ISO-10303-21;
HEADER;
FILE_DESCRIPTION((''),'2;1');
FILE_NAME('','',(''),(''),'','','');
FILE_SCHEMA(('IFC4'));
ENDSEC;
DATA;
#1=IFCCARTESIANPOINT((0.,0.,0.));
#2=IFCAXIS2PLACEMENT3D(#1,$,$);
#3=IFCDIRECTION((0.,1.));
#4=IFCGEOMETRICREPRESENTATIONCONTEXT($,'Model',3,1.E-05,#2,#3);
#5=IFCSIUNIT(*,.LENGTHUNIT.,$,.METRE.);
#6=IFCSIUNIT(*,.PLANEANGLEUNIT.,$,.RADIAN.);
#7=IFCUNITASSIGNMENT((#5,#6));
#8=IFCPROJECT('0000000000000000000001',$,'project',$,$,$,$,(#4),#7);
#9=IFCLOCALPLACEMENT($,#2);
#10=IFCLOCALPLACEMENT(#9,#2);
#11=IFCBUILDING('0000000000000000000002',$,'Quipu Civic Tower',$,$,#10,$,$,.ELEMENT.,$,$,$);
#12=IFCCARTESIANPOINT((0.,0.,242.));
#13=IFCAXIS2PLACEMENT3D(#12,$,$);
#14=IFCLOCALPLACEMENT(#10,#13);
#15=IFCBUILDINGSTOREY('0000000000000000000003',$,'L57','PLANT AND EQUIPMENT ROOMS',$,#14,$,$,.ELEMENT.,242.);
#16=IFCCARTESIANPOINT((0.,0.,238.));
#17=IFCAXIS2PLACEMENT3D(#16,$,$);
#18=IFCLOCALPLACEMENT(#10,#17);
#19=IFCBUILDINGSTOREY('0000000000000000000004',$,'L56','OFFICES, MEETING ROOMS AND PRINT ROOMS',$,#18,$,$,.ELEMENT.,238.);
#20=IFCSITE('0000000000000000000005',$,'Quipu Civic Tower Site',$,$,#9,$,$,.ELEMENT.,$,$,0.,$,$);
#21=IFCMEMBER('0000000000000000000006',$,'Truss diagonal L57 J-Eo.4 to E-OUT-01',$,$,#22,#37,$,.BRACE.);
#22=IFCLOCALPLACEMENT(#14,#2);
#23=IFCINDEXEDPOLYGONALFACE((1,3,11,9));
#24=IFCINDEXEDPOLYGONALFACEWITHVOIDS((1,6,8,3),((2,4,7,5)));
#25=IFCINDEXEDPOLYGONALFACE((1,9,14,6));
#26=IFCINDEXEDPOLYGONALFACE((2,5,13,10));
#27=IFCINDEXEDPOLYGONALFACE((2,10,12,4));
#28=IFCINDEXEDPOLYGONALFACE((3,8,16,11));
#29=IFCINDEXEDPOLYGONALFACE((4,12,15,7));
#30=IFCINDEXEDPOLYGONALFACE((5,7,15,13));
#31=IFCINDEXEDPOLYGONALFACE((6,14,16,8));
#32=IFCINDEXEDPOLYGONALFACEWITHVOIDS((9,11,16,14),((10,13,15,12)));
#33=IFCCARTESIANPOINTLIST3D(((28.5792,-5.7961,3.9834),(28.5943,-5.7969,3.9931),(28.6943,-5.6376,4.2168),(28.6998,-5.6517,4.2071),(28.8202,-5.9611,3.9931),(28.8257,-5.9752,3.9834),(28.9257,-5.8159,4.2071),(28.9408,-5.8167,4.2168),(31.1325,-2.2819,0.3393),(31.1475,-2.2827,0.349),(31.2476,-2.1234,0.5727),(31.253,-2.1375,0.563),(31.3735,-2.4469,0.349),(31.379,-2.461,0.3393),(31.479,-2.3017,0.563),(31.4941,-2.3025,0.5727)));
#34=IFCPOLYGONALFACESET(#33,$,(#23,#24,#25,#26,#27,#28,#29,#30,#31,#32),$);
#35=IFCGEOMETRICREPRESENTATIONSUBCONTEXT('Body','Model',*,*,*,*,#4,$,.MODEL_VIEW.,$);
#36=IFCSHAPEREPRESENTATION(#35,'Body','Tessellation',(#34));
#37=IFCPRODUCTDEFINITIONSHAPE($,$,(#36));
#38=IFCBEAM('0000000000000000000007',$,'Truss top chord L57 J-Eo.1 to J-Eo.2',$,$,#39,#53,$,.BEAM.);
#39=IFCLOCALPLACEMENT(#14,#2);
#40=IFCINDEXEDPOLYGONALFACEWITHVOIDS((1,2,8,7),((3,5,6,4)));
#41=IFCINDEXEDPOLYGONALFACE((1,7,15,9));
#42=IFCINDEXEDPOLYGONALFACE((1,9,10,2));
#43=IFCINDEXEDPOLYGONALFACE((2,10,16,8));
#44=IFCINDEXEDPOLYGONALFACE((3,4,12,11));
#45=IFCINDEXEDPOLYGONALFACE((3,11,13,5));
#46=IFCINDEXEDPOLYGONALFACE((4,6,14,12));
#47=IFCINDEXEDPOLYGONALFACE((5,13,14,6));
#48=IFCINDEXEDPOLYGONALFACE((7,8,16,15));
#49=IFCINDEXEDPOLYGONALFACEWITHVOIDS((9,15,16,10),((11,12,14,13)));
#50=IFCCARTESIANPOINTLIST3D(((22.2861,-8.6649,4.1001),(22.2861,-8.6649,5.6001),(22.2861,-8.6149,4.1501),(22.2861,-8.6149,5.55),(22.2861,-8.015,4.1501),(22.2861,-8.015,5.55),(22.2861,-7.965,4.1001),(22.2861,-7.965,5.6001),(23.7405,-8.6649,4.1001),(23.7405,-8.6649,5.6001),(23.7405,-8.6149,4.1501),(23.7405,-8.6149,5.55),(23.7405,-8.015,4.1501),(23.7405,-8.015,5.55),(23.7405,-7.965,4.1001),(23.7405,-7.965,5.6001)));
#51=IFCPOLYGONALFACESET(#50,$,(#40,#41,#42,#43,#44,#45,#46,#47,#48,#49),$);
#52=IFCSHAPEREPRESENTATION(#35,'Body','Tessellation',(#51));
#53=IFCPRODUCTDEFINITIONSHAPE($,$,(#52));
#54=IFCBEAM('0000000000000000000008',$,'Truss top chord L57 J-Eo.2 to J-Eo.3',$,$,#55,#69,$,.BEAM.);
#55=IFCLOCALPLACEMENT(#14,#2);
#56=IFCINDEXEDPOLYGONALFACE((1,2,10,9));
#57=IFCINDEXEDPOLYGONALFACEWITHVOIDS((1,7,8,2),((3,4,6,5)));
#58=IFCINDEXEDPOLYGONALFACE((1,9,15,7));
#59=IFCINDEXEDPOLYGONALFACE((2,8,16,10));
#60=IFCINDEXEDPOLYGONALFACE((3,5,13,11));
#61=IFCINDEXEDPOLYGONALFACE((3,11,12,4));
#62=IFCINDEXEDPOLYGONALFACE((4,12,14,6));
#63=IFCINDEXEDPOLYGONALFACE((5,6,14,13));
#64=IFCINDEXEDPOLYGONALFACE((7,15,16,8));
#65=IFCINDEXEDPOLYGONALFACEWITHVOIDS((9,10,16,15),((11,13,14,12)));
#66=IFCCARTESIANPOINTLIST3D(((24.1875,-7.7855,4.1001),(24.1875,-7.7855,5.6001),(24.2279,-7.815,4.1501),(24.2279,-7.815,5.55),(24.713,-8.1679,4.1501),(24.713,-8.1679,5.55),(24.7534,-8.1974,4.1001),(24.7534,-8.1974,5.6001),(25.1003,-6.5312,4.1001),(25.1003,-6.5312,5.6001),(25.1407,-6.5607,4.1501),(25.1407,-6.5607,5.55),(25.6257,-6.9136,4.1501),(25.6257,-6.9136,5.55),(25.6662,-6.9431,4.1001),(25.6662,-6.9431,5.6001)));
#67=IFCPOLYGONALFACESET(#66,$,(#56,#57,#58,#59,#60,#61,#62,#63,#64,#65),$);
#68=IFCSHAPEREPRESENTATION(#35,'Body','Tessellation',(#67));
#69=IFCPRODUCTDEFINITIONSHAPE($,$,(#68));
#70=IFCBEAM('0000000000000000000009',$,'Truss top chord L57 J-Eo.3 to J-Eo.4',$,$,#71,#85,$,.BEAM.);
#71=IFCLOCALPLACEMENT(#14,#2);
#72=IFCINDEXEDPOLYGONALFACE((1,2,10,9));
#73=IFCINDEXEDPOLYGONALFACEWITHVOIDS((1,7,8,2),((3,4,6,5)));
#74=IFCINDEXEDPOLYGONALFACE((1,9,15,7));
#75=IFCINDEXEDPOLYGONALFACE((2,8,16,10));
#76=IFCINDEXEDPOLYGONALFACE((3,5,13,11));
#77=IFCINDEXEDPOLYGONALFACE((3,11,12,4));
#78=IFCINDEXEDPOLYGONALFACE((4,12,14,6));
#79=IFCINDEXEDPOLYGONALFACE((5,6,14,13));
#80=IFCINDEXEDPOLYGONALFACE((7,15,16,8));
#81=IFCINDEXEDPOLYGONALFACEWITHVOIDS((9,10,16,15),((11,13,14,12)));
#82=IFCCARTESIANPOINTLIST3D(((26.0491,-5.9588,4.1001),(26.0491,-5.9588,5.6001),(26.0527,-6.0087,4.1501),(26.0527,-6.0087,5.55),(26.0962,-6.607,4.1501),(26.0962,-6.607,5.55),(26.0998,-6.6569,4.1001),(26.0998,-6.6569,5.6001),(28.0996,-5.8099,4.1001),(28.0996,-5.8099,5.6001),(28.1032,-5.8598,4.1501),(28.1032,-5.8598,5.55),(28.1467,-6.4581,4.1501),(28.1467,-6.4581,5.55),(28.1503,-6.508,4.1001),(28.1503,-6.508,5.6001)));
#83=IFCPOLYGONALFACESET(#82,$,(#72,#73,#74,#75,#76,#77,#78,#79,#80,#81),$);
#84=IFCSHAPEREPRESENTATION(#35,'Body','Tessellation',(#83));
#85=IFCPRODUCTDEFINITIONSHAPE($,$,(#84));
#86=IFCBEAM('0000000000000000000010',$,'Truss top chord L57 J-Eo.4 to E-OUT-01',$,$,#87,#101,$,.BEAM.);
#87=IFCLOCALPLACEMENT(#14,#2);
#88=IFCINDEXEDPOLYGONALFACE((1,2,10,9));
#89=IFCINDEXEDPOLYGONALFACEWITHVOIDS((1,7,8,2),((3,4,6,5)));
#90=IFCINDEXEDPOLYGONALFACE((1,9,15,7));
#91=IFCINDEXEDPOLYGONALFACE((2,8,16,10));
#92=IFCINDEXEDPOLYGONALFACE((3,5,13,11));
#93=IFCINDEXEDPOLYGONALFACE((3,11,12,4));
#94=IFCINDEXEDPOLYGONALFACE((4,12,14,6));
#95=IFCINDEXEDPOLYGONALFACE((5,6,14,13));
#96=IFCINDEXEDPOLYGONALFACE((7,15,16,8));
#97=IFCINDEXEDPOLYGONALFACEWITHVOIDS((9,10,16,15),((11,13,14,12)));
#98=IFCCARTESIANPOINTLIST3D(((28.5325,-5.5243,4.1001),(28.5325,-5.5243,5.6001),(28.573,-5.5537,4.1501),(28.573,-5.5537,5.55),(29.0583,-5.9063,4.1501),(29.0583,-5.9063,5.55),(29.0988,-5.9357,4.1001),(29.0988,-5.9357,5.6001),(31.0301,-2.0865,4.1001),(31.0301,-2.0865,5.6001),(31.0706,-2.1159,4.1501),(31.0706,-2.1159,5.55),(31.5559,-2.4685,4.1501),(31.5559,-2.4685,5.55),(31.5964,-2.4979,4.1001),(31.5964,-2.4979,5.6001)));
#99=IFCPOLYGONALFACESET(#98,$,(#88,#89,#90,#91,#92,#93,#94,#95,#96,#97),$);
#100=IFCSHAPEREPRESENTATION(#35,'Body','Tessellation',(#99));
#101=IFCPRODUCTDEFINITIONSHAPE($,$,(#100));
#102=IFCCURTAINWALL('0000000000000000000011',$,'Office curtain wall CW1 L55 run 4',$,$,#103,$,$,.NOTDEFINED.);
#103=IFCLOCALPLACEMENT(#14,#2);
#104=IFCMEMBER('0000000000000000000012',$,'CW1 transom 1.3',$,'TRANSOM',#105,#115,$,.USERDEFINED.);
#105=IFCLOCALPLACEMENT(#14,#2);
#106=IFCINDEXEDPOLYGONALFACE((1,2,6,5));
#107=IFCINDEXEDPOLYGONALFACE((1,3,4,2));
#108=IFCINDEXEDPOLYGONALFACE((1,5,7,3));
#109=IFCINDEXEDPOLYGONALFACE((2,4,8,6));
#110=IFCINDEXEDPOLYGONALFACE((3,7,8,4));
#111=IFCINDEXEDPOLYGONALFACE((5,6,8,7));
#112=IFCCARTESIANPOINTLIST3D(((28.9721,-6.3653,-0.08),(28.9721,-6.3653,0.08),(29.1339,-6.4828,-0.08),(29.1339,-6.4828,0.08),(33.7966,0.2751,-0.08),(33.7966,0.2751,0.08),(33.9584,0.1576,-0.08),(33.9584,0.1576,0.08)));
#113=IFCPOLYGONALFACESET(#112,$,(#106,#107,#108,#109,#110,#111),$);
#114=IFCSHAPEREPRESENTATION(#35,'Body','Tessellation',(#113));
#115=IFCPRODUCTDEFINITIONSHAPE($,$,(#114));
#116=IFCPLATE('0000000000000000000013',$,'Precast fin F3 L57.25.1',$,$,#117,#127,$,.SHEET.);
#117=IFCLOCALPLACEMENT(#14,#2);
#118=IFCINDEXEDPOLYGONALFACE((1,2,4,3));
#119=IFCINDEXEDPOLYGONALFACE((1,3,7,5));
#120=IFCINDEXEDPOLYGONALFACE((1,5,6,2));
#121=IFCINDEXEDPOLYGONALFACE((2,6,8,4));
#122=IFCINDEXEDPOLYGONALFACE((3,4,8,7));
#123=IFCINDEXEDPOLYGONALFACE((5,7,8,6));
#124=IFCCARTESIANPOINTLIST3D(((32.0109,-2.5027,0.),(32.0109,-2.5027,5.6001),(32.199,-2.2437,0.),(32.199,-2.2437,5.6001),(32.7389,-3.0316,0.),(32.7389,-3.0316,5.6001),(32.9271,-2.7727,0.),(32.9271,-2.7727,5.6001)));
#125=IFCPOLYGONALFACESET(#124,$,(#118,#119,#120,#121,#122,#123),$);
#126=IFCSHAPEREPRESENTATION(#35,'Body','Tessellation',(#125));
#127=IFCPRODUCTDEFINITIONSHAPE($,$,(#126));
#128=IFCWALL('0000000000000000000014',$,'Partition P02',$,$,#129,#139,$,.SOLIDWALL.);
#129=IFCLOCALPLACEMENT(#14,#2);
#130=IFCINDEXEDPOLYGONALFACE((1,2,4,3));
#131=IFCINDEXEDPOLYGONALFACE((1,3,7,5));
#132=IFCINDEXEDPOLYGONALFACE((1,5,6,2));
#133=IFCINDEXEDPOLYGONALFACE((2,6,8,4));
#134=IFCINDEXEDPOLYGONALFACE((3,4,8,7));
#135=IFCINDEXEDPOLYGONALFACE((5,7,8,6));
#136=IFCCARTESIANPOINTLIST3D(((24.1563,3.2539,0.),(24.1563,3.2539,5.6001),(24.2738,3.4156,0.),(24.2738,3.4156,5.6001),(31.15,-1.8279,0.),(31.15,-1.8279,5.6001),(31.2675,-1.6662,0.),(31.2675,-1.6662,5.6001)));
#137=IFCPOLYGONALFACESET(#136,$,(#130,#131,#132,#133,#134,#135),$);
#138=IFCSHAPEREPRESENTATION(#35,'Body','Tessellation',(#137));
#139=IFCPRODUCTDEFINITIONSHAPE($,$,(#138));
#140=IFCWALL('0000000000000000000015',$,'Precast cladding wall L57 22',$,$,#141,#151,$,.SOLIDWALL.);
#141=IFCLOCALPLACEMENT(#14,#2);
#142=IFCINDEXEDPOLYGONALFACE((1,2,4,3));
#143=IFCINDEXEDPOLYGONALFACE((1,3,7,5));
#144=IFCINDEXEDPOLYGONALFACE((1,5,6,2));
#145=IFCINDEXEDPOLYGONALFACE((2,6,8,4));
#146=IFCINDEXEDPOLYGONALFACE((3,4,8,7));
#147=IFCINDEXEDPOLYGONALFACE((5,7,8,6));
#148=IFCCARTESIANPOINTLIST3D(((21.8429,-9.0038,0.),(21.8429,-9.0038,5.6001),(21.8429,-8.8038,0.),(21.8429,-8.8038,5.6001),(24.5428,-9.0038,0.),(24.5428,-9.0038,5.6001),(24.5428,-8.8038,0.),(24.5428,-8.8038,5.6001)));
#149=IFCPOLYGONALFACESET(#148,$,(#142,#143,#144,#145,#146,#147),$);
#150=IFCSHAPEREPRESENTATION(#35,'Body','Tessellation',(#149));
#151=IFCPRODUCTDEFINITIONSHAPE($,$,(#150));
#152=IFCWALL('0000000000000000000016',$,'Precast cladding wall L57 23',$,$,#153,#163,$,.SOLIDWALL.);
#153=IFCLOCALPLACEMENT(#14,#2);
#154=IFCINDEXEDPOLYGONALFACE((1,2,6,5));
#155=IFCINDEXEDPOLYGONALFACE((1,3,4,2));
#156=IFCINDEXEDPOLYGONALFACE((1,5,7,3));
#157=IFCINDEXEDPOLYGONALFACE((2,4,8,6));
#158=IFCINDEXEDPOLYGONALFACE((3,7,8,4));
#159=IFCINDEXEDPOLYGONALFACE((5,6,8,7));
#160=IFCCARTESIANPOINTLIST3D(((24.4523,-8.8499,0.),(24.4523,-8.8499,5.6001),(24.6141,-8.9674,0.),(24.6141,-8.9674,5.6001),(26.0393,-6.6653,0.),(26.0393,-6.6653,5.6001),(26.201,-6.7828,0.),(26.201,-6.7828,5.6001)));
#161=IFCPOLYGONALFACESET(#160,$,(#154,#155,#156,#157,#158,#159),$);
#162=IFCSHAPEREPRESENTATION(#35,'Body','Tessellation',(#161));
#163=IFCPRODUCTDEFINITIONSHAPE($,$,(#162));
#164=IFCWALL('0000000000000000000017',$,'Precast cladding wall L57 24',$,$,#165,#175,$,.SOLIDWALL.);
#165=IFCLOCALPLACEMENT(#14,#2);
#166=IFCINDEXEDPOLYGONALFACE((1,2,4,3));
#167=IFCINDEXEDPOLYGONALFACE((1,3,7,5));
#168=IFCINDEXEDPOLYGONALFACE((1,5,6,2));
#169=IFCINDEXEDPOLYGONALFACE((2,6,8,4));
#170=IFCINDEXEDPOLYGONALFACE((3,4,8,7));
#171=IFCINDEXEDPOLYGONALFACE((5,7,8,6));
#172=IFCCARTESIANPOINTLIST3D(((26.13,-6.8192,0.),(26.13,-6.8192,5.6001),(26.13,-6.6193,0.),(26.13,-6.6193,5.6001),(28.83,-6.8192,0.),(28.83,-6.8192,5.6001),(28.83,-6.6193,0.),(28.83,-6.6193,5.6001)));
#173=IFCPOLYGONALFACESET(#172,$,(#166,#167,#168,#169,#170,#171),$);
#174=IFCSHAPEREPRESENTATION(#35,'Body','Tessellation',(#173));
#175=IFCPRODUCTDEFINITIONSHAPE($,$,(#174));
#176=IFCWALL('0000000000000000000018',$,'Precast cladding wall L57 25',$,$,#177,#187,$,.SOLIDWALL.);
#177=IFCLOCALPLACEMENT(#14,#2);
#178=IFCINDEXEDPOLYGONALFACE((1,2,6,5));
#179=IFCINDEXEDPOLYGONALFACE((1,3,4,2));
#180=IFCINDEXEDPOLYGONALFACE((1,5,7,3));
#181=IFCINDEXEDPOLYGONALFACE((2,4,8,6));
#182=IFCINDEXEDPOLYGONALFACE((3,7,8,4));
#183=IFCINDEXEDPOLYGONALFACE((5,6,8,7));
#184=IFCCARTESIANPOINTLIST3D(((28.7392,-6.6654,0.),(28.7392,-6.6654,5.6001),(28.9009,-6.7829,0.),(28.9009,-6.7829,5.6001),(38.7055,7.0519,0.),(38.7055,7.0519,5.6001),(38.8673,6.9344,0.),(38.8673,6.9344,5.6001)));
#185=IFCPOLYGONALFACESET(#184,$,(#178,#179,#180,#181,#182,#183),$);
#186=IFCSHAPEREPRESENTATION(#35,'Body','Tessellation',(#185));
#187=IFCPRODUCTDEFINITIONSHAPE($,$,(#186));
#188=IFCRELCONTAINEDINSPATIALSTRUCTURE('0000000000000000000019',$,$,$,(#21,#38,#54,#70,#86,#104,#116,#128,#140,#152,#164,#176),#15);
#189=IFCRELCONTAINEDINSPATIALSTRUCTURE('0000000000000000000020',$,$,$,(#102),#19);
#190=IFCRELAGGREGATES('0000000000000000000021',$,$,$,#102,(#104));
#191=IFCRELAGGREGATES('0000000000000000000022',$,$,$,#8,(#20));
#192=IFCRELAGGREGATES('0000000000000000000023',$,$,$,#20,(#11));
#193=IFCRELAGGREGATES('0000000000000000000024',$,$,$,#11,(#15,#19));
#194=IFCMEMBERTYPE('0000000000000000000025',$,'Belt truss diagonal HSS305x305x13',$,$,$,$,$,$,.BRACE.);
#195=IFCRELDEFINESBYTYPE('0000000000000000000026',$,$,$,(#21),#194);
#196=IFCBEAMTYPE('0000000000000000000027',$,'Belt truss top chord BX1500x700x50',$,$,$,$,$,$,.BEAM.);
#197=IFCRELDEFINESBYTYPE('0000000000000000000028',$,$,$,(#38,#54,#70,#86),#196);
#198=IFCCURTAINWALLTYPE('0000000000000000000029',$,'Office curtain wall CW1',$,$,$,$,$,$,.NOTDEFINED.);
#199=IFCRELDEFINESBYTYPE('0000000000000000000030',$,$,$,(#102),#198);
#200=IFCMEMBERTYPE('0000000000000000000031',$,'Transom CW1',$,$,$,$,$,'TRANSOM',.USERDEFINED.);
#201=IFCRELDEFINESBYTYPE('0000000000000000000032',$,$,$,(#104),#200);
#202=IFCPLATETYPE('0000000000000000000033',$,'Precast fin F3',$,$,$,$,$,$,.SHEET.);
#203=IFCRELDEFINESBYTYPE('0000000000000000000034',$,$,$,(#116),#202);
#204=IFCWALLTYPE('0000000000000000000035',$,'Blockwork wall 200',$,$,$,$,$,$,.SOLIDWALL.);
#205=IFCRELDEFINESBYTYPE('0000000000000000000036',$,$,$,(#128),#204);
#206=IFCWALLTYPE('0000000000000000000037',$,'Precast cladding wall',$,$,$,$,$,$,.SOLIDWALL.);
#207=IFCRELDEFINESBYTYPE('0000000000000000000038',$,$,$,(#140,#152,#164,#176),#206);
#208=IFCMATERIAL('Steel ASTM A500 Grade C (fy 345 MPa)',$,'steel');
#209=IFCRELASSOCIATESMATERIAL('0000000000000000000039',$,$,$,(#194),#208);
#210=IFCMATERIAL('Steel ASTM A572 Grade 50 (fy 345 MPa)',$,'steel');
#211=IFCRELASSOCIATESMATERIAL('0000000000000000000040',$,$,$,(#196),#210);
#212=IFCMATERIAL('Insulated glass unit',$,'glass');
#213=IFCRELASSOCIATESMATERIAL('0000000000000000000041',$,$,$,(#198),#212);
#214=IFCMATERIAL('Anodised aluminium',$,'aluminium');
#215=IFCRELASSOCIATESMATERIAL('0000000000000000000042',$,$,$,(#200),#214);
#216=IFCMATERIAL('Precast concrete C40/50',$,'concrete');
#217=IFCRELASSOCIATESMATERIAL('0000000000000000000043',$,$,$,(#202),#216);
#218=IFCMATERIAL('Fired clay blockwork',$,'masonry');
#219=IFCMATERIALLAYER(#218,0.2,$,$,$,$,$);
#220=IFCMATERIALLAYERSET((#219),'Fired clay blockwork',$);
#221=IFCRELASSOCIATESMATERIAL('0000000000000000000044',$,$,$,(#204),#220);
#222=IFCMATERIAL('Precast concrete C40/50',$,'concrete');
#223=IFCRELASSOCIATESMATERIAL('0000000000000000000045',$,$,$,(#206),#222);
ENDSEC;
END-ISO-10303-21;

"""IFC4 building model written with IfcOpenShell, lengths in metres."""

from ifc_helpers import new_model, si_unit, direction, frame, frame_2d, origin, origin_2d, place, context, subcontext, project, spatial, rectangle, hollow_rectangle, extrude, material, layer, layer_set, material_profile, profile_set, type_object, element, aggregate, save


model = new_model("IFC4")

# Units and contexts
model_context = context("Model", 3, precision=1e-05, world=origin(), true_north=direction((0.0, 1.0)))
body_context = subcontext(model_context, "Body", "Model", "MODEL_VIEW")
ifc_project = project(units=[si_unit("LENGTHUNIT", "METRE"), si_unit("PLANEANGLEUNIT", "RADIAN")], contexts=[model_context])

# Site, building, storey
site_placement = place(None, origin())
site = spatial("IfcSite", under=ifc_project, at=site_placement, Name="Quipu Civic Tower Site", CompositionType="ELEMENT", RefElevation=0.0)
building_placement = place(site_placement, origin())
building = spatial("IfcBuilding", under=site, at=building_placement, Name="Quipu Civic Tower", CompositionType="ELEMENT")
storey_1_placement = place(building_placement, frame((0.0, 0.0, 242.0)))
storey_1 = spatial("IfcBuildingStorey", under=building, at=storey_1_placement, Name="L57", Description="PLANT AND EQUIPMENT ROOMS", CompositionType="ELEMENT", Elevation=242.0)

# Member
ifc_material_1 = material(Name="Steel ASTM A500 Grade C (fy 345 MPa)", Category="steel")
ifc_material_profile_1 = material_profile(ifc_material_1, hollow_rectangle(XDim=0.3047, YDim=0.3047, WallThickness=0.0127, at=origin_2d()), Name="HSS305x305x13")
ifc_profile_set_1 = profile_set([ifc_material_profile_1], Name="Steel ASTM A500 Grade C (fy 345 MPa)")
member_type_1 = type_object("IfcMemberType", Name="Belt truss diagonal HSS305x305x13", PredefinedType="BRACE", material=ifc_profile_set_1)
member_1_placement = place(storey_1_placement, frame((28.76, -5.8064, 4.1001), z_axis=(0.450315, 0.619797, -0.642704), x_axis=(-0.809013, 0.587791, 0.0)))
element("IfcMember", 1, at=member_1_placement, inside=storey_1, type_object=member_type_1, Name="Truss diagonal L57 J-Eo.4 to E-OUT-01", PredefinedType="BRACE", context=body_context, shape_type="SweptSolid", body=[
    extrude(hollow_rectangle(XDim=0.3047, YDim=0.3047, WallThickness=0.0127, at=origin_2d()), origin(), (0.0, 0.0, 1.0), 5.6699),
])

# Beams
ifc_material_2 = material(Name="Steel ASTM A572 Grade 50 (fy 345 MPa)", Category="steel")
ifc_material_profile_2 = material_profile(ifc_material_2, hollow_rectangle(XDim=0.7, YDim=1.5, WallThickness=0.05, at=origin_2d()), Name="BX1500x700x50")
ifc_profile_set_2 = profile_set([ifc_material_profile_2], Name="Steel ASTM A572 Grade 50 (fy 345 MPa)")
beam_type_1 = type_object("IfcBeamType", Name="Belt truss top chord BX1500x700x50", PredefinedType="BEAM", material=ifc_profile_set_2)
beam_1_placement = place(storey_1_placement, frame((22.2861, -8.3149, 4.8501), z_axis=(1.0, 0.0, 0.0), x_axis=(0.0, 1.0, 0.0)))
element("IfcBeam", 2, at=beam_1_placement, inside=storey_1, type_object=beam_type_1, Name="Truss top chord L57 J-Eo.1 to J-Eo.2", PredefinedType="BEAM", context=body_context, shape_type="SweptSolid", body=[
    extrude(hollow_rectangle(XDim=0.7, YDim=1.5, WallThickness=0.05, at=origin_2d()), origin(), (0.0, 0.0, 1.0), 1.4543),
])
beam_2_placement = place(storey_1_placement, frame((24.4705, -7.9915, 4.8501), z_axis=(0.588406, 0.808566, 0.0), x_axis=(-0.808566, 0.588406, 0.0)))
element("IfcBeam", 3, at=beam_2_placement, inside=storey_1, type_object=beam_type_1, Name="Truss top chord L57 J-Eo.2 to J-Eo.3", PredefinedType="BEAM", context=body_context, shape_type="SweptSolid", body=[
    extrude(hollow_rectangle(XDim=0.7, YDim=1.5, WallThickness=0.05, at=origin_2d()), origin(), (0.0, 0.0, 1.0), 1.5513),
])
beam_3_placement = place(storey_1_placement, frame((26.0745, -6.3079, 4.8501), z_axis=(0.997373, 0.072437, 0.0), x_axis=(-0.072437, 0.997373, 0.0)))
element("IfcBeam", 4, at=beam_3_placement, inside=storey_1, type_object=beam_type_1, Name="Truss top chord L57 J-Eo.3 to J-Eo.4", PredefinedType="BEAM", context=body_context, shape_type="SweptSolid", body=[
    extrude(hollow_rectangle(XDim=0.7, YDim=1.5, WallThickness=0.05, at=origin_2d()), origin(), (0.0, 0.0, 1.0), 2.0559),
])
beam_4_placement = place(storey_1_placement, frame((28.8157, -5.73, 4.8501), z_axis=(0.587769, 0.809029, 0.0), x_axis=(-0.809029, 0.587769, 0.0)))
element("IfcBeam", 5, at=beam_4_placement, inside=storey_1, type_object=beam_type_1, Name="Truss top chord L57 J-Eo.4 to E-OUT-01", PredefinedType="BEAM", context=body_context, shape_type="SweptSolid", body=[
    extrude(hollow_rectangle(XDim=0.7, YDim=1.5, WallThickness=0.05, at=origin_2d()), origin(), (0.0, 0.0, 1.0), 4.2493),
])

# Shared definitions
storey_2_placement = place(building_placement, frame((0.0, 0.0, 238.0)))
storey_2 = spatial("IfcBuildingStorey", under=building, at=storey_2_placement, Name="L56", Description="OFFICES, MEETING ROOMS AND PRINT ROOMS", CompositionType="ELEMENT", Elevation=238.0)

# Curtain wall, member
ifc_material_3 = material(Name="Insulated glass unit", Category="glass")
curtain_wall_type = type_object("IfcCurtainWallType", Name="Office curtain wall CW1", PredefinedType="NOTDEFINED", material=ifc_material_3)
curtain_wall_placement = place(storey_2_placement, origin())
curtain_wall = element("IfcCurtainWall", 6, at=curtain_wall_placement, inside=storey_2, type_object=curtain_wall_type, Name="Office curtain wall CW1 L55 run 4", PredefinedType="NOTDEFINED")
ifc_material_4 = material(Name="Anodised aluminium", Category="aluminium")
ifc_material_profile_3 = material_profile(ifc_material_4, rectangle(XDim=0.2, YDim=0.1599, at=origin_2d()), Name="RECT 200x160")
ifc_profile_set_3 = profile_set([ifc_material_profile_3], Name="Anodised aluminium")
member_type_2 = type_object("IfcMemberType", Name="Transom CW1", ElementType="TRANSOM", PredefinedType="USERDEFINED", material=ifc_profile_set_3)
member_2_placement = place(storey_1_placement, frame((29.053, -6.4241, 0.0), z_axis=(0.587781, 0.80902, 0.0), x_axis=(-0.80902, 0.587781, 0.0)))
member_2 = element("IfcMember", 7, at=member_2_placement, inside=storey_1, type_object=member_type_2, Name="CW1 transom 1.3", ObjectType="TRANSOM", PredefinedType="USERDEFINED", context=body_context, shape_type="SweptSolid", body=[
    extrude(rectangle(XDim=0.2, YDim=0.1599, at=origin_2d()), origin(), (0.0, 0.0, 1.0), 8.208),
])
aggregate(curtain_wall, [member_2])

# Plate
ifc_material_5 = material(Name="Precast concrete C40/50", Category="concrete")
plate_type = type_object("IfcPlateType", Name="Precast fin F3", PredefinedType="SHEET", material=ifc_material_5)
plate_placement = place(storey_1_placement, frame((32.469, -2.6377, 0.0), z_axis=(0.0, 0.0, 1.0), x_axis=(0.587787, 0.809016, 0.0)))
element("IfcPlate", 8, at=plate_placement, inside=storey_1, type_object=plate_type, Name="Precast fin F3 L57.25.1", PredefinedType="SHEET", context=body_context, shape_type="SweptSolid", body=[
    extrude(rectangle(XDim=0.3201, YDim=0.8999, at=origin_2d()), origin(), (0.0, 0.0, 1.0), 5.6001),
])

# Walls
ifc_material_6 = material(Name="Fired clay blockwork", Category="masonry")
ifc_layer = layer(ifc_material_6, 0.2)
ifc_layer_set = layer_set([ifc_layer], Name="Fired clay blockwork")
wall_type_1 = type_object("IfcWallType", Name="Blockwork wall 200", PredefinedType="SOLIDWALL", material=ifc_layer_set)
wall_1_placement = place(storey_1_placement, frame((31.2087, -1.7471, 0.0), z_axis=(0.0, 0.0, 1.0), x_axis=(-0.808984, 0.587831, 0.0)))
element("IfcWall", 9, at=wall_1_placement, inside=storey_1, type_object=wall_type_1, Name="Partition P02", PredefinedType="SOLIDWALL", context=body_context, shape_type="SweptSolid", body=[
    extrude(rectangle(XDim=8.645, YDim=0.2, at=frame_2d((4.3225, 0.0))), origin(), (0.0, 0.0, 1.0), 5.6001),
])
ifc_material_7 = material(Name="Precast concrete C40/50", Category="concrete")
wall_type_2 = type_object("IfcWallType", Name="Precast cladding wall", PredefinedType="SOLIDWALL", material=ifc_material_7)
wall_2_placement = place(storey_1_placement, frame((21.8428, -8.9038, 0.0), z_axis=(0.0, 0.0, 1.0), x_axis=(1.0, 0.0, 0.0)))
element("IfcWall", 10, at=wall_2_placement, inside=storey_1, type_object=wall_type_2, Name="Precast cladding wall L57 22", PredefinedType="SOLIDWALL", context=body_context, shape_type="SweptSolid", body=[
    extrude(rectangle(XDim=2.7, YDim=0.2, at=frame_2d((1.3501, 0.0))), origin(), (0.0, 0.0, 1.0), 5.6001),
])
wall_3_placement = place(storey_1_placement, frame((24.5332, -8.9087, 0.0), z_axis=(0.0, 0.0, 1.0), x_axis=(0.58772, 0.809064, 0.0)))
element("IfcWall", 11, at=wall_3_placement, inside=storey_1, type_object=wall_type_2, Name="Precast cladding wall L57 23", PredefinedType="SOLIDWALL", context=body_context, shape_type="SweptSolid", body=[
    extrude(rectangle(XDim=2.7002, YDim=0.2, at=frame_2d((1.3501, 0.0))), origin(), (0.0, 0.0, 1.0), 5.6001),
])
wall_4_placement = place(storey_1_placement, frame((26.1299, -6.7192, 0.0), z_axis=(0.0, 0.0, 1.0), x_axis=(1.0, 0.0, 0.0)))
element("IfcWall", 12, at=wall_4_placement, inside=storey_1, type_object=wall_type_2, Name="Precast cladding wall L57 24", PredefinedType="SOLIDWALL", context=body_context, shape_type="SweptSolid", body=[
    extrude(rectangle(XDim=2.7, YDim=0.2, at=frame_2d((1.3501, 0.0))), origin(), (0.0, 0.0, 1.0), 5.6001),
])
wall_5_placement = place(storey_1_placement, frame((28.8201, -6.7241, 0.0), z_axis=(0.0, 0.0, 1.0), x_axis=(0.58779, 0.809014, 0.0)))
element("IfcWall", 13, at=wall_5_placement, inside=storey_1, type_object=wall_type_2, Name="Precast cladding wall L57 25", PredefinedType="SOLIDWALL", context=body_context, shape_type="SweptSolid", body=[
    extrude(rectangle(XDim=16.9556, YDim=0.2, at=frame_2d((8.4778, 0.0))), origin(), (0.0, 0.0, 1.0), 5.6001),
])

save(model, "model.ifc")
